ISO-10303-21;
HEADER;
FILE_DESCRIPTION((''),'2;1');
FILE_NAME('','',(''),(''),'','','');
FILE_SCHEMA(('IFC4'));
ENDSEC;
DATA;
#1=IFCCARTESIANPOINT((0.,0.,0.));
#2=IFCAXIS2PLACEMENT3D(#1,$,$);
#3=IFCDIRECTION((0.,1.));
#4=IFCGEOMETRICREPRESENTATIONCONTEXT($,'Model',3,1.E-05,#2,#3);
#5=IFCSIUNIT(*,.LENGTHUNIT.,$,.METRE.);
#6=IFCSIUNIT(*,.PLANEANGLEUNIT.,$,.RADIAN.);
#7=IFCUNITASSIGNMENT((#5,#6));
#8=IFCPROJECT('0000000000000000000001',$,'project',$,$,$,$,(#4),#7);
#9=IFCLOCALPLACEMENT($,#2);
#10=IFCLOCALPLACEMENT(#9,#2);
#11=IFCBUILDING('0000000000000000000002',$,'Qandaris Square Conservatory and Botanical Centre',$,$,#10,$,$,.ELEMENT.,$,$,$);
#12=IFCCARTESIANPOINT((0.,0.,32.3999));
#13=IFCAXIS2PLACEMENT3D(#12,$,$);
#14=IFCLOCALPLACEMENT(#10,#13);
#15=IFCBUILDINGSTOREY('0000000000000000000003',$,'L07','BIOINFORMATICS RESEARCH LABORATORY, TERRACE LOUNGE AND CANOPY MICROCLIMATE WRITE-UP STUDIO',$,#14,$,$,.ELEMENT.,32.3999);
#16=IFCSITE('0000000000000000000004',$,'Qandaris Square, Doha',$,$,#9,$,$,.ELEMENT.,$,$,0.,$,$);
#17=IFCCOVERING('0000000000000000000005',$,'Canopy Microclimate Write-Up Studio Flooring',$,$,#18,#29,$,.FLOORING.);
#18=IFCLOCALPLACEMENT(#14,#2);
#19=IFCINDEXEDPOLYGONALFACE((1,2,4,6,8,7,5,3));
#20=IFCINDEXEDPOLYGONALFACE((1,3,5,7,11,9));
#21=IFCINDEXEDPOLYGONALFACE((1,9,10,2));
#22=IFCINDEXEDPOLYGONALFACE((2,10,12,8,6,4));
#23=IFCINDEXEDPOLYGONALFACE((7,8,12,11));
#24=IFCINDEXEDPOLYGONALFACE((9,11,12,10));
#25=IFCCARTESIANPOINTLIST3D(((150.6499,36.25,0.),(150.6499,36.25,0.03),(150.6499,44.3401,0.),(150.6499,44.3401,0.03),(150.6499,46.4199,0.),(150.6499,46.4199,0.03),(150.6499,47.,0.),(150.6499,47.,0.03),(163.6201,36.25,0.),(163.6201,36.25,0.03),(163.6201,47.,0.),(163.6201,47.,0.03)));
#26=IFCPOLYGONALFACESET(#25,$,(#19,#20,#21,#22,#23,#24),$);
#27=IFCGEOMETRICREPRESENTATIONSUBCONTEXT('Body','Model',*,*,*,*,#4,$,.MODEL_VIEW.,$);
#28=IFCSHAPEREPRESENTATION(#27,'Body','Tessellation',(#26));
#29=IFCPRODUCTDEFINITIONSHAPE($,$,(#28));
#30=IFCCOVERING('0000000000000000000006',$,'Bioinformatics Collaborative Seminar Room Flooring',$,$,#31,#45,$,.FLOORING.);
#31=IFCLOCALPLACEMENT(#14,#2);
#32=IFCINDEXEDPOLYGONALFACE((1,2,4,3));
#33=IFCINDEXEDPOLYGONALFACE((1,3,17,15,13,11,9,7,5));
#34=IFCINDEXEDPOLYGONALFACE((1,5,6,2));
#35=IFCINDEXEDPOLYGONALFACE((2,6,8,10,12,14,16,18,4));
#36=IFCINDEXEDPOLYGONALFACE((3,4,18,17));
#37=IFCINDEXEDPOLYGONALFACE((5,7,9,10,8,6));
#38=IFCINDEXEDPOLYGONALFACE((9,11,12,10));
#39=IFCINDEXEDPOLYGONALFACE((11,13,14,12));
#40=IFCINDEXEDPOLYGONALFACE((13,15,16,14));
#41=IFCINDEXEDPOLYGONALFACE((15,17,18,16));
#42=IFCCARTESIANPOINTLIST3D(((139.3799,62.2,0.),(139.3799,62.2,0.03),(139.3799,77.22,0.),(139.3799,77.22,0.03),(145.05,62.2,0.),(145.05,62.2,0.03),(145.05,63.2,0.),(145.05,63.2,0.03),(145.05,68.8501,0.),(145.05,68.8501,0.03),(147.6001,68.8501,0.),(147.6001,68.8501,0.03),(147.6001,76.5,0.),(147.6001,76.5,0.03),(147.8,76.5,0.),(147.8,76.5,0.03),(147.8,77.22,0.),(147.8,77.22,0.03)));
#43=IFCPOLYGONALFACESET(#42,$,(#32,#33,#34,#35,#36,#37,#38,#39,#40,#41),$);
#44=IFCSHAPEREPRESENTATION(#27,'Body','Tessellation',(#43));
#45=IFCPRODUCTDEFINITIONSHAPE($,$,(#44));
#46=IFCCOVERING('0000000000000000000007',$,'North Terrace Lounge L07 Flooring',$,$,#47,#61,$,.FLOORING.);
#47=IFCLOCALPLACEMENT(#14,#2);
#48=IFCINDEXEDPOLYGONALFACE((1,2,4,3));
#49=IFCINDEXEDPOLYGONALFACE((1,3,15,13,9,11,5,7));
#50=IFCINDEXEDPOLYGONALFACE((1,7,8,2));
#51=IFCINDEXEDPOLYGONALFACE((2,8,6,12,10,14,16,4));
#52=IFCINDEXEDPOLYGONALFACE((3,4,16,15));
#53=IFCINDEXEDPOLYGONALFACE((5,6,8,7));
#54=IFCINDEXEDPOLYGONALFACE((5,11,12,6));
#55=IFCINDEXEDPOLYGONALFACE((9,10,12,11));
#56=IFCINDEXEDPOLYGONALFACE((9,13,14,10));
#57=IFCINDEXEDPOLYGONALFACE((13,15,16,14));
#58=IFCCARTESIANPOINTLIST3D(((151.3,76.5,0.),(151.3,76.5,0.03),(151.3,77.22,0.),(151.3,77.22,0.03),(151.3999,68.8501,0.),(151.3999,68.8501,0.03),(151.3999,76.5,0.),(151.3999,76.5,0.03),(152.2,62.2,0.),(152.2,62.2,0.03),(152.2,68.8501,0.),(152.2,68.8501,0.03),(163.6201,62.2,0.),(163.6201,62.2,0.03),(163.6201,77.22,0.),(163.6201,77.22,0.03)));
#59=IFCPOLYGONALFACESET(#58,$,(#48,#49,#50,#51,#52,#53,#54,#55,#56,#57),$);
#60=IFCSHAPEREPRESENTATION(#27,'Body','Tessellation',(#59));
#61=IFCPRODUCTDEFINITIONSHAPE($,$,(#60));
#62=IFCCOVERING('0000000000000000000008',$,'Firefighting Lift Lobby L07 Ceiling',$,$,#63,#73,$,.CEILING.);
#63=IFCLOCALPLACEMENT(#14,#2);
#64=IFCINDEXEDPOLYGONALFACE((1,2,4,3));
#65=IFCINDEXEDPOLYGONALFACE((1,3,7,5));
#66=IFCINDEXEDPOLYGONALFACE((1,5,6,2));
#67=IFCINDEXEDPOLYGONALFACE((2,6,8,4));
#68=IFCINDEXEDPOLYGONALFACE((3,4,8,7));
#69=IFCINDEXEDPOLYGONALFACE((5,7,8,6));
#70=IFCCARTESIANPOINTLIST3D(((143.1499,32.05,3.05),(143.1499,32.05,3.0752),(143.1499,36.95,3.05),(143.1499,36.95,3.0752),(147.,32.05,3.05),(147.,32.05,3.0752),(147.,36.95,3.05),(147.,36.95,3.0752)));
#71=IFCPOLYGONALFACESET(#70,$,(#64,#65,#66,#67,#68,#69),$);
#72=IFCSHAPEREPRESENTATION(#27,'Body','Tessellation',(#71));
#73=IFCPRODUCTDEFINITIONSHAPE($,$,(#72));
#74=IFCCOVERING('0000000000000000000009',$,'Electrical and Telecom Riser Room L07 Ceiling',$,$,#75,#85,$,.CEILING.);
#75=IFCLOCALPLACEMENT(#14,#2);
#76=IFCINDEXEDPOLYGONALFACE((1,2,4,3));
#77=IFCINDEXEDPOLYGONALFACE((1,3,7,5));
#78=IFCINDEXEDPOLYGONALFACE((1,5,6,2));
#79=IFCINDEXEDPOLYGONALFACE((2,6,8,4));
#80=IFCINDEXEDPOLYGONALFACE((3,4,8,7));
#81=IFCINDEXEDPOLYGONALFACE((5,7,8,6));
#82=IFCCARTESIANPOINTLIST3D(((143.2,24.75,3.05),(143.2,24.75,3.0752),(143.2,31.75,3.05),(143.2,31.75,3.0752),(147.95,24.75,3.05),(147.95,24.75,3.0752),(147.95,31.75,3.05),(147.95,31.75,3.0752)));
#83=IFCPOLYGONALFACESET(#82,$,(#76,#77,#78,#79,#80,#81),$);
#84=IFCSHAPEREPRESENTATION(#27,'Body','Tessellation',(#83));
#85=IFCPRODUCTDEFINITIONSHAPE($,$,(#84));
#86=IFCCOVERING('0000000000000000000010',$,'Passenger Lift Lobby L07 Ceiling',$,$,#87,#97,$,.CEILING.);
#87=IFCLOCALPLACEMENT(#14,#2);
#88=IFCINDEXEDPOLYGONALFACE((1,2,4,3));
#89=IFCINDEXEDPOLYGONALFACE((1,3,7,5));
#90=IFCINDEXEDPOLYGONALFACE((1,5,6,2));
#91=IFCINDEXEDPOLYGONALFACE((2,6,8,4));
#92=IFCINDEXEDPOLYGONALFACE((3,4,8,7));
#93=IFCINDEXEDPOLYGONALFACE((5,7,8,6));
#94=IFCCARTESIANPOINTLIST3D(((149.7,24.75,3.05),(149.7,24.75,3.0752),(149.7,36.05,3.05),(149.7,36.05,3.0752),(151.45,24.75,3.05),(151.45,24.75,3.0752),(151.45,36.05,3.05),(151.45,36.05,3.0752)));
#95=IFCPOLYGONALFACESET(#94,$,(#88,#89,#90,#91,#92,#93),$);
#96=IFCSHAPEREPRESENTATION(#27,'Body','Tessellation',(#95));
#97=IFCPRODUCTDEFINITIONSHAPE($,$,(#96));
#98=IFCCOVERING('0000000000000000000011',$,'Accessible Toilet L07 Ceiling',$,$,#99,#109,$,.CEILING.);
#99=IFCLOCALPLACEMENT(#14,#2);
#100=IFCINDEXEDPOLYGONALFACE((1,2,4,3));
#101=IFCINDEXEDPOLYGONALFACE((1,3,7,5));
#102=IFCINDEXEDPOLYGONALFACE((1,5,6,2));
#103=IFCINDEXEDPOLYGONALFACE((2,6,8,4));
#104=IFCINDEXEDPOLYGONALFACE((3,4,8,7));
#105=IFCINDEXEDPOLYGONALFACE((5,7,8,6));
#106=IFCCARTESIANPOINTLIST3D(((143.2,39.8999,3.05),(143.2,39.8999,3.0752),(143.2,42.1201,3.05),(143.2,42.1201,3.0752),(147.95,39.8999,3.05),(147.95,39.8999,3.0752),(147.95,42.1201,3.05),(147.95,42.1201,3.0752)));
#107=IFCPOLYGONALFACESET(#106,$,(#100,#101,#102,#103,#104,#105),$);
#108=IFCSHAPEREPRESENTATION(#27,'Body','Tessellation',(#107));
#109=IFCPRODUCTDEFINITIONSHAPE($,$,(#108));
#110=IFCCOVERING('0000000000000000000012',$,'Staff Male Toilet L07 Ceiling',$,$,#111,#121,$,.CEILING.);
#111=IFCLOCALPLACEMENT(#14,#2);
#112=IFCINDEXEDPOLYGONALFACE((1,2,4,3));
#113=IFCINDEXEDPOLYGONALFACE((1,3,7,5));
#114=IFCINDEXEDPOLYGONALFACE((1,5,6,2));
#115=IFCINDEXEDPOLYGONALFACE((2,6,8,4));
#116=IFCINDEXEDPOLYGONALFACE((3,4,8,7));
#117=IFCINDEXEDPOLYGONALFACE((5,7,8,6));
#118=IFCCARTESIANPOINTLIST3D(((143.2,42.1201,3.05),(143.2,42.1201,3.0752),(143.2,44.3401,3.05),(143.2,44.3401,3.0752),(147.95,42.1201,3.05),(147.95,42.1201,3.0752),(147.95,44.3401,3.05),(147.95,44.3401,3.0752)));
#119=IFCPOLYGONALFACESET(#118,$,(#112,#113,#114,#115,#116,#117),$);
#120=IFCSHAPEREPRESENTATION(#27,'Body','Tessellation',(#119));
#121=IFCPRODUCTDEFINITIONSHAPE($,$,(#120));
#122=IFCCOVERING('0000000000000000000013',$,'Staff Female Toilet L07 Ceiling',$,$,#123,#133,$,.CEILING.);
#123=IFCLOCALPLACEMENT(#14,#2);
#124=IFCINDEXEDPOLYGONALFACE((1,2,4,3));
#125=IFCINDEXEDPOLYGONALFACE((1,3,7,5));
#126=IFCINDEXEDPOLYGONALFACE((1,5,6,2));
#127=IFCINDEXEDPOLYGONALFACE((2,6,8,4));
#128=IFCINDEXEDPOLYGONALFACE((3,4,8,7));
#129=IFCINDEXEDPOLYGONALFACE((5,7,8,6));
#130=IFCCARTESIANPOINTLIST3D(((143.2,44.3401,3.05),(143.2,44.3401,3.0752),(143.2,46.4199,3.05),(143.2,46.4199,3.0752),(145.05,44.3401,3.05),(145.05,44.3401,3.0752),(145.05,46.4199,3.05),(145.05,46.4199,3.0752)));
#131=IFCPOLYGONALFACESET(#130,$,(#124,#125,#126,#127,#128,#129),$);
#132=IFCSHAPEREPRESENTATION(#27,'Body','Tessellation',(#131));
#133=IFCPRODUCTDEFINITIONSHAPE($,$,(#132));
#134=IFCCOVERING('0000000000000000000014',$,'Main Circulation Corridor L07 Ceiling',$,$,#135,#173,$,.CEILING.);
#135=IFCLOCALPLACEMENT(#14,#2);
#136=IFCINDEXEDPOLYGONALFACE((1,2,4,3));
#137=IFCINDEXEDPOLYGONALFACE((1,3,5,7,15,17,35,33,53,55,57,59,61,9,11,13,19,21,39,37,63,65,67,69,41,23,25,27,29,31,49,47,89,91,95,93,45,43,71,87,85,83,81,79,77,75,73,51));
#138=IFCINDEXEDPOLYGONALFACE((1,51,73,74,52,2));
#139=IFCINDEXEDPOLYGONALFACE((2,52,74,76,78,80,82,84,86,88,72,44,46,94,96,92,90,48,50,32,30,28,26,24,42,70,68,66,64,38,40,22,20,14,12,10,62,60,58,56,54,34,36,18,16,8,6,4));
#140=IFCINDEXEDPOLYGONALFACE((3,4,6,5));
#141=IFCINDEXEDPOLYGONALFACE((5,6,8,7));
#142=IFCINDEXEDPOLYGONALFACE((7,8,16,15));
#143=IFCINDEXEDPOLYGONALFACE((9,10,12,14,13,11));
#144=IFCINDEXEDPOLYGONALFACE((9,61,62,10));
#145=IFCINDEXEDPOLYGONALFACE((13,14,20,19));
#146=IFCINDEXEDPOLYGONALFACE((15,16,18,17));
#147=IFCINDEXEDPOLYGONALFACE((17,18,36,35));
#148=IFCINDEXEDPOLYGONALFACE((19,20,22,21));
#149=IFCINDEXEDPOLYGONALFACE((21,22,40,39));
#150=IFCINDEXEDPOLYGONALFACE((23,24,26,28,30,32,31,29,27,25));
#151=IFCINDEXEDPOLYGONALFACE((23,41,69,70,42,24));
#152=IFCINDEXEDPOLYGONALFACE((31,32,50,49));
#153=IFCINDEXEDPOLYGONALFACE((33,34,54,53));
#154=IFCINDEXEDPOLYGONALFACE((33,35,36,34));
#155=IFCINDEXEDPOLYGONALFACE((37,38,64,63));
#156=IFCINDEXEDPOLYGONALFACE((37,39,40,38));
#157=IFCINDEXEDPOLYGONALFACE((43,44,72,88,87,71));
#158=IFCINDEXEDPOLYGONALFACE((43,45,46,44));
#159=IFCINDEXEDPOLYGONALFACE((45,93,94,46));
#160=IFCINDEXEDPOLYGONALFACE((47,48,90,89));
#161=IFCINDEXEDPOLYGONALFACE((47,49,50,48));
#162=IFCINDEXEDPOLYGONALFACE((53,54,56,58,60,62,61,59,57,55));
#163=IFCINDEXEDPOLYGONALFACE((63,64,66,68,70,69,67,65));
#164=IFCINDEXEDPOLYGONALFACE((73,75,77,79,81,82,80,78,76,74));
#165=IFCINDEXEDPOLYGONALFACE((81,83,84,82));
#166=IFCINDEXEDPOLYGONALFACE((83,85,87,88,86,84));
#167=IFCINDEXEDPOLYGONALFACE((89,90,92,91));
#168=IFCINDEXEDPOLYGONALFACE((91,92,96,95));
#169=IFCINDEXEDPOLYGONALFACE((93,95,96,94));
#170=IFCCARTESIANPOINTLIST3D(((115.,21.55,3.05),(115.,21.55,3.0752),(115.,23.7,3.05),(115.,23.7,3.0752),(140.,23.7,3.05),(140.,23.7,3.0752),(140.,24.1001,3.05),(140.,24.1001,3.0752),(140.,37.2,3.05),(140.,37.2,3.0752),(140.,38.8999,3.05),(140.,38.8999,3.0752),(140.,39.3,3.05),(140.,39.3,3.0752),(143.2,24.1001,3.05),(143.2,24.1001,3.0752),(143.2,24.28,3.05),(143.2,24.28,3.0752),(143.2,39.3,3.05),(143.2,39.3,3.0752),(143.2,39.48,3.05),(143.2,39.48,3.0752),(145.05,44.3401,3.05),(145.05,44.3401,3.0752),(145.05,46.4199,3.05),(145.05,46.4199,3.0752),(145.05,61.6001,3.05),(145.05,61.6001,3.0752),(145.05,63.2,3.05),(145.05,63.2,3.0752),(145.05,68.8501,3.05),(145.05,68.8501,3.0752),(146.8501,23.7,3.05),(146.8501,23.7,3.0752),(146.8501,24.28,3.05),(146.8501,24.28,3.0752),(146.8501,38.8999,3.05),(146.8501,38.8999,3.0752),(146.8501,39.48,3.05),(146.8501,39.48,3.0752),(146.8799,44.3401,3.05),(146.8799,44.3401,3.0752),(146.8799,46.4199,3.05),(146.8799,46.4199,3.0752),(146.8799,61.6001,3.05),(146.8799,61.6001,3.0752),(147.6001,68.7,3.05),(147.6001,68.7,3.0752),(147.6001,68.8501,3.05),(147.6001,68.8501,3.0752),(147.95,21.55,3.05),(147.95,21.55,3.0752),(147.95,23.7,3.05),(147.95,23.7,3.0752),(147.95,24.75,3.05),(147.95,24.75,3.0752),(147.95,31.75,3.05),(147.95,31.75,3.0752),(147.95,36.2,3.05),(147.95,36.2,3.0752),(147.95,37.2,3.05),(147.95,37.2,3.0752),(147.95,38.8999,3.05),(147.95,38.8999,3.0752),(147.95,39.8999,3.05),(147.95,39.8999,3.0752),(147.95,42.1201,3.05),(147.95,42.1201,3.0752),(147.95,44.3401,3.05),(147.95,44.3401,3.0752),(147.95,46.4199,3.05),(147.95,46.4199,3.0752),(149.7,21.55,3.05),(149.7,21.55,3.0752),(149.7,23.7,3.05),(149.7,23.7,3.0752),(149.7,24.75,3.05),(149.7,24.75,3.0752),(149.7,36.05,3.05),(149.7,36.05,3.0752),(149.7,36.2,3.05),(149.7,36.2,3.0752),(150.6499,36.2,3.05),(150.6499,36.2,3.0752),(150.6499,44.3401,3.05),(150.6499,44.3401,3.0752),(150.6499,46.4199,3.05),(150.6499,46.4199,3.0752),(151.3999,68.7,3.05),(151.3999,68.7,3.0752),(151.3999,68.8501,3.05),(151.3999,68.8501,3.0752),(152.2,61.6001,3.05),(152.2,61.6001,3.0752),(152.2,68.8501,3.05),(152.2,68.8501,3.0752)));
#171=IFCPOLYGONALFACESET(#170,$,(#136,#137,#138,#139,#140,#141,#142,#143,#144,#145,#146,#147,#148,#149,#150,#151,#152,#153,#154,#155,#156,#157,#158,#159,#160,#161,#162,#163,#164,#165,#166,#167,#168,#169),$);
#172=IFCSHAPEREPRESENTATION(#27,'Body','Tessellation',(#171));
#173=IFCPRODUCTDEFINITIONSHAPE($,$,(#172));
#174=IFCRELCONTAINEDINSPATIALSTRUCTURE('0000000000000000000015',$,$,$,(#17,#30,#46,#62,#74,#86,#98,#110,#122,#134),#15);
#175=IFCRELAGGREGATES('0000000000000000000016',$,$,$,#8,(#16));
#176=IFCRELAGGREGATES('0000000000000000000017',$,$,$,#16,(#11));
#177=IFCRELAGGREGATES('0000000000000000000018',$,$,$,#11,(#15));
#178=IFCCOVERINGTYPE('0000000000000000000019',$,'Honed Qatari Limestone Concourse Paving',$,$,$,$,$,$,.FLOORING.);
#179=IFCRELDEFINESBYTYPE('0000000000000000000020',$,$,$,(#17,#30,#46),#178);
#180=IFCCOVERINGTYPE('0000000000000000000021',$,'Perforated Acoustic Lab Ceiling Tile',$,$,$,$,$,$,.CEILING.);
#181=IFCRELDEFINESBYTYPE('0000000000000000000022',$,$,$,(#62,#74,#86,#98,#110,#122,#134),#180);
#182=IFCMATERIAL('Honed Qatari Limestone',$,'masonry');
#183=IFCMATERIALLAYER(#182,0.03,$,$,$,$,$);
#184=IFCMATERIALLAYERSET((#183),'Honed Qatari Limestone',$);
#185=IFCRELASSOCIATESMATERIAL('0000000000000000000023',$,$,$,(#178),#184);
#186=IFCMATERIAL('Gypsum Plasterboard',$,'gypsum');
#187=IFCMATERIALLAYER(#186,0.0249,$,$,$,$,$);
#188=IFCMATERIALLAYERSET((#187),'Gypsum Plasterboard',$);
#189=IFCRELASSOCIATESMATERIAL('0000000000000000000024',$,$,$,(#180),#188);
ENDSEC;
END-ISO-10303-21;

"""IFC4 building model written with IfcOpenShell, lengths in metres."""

from ifc_helpers import new_model, si_unit, direction, frame, origin, place, context, subcontext, project, spatial, polyline, outline, extrude, material, layer, layer_set, type_object, element, save


model = new_model("IFC4")

# Units and contexts
model_context = context("Model", 3, precision=1e-05, world=origin(), true_north=direction((0.0, 1.0)))
body_context = subcontext(model_context, "Body", "Model", "MODEL_VIEW")
ifc_project = project(units=[si_unit("LENGTHUNIT", "METRE"), si_unit("PLANEANGLEUNIT", "RADIAN")], contexts=[model_context])

# Site, building, storey
site_placement = place(None, origin())
site = spatial("IfcSite", under=ifc_project, at=site_placement, Name="Qandaris Square, Doha", CompositionType="ELEMENT", RefElevation=0.0)
building_placement = place(site_placement, origin())
building = spatial("IfcBuilding", under=site, at=building_placement, Name="Qandaris Square Conservatory and Botanical Centre", CompositionType="ELEMENT")
storey_placement = place(building_placement, frame((0.0, 0.0, 32.3999)))
storey = spatial("IfcBuildingStorey", under=building, at=storey_placement, Name="L07", Description="BIOINFORMATICS RESEARCH LABORATORY, TERRACE LOUNGE AND CANOPY MICROCLIMATE WRITE-UP STUDIO", CompositionType="ELEMENT", Elevation=32.3999)

# Coverings
ifc_material_1 = material(Name="Honed Qatari Limestone", Category="masonry")
ifc_layer_1 = layer(ifc_material_1, 0.03)
ifc_layer_set_1 = layer_set([ifc_layer_1], Name="Honed Qatari Limestone")
covering_type_1 = type_object("IfcCoveringType", Name="Honed Qatari Limestone Concourse Paving", PredefinedType="FLOORING", material=ifc_layer_set_1)
covering_1_placement = place(storey_placement, origin())
element("IfcCovering", 1, at=covering_1_placement, inside=storey, type_object=covering_type_1, Name="Canopy Microclimate Write-Up Studio Flooring", PredefinedType="FLOORING", context=body_context, shape_type="SweptSolid", body=[
    extrude(outline(polyline([(150.6499, 44.3401), (150.6499, 46.4199), (150.6499, 47.0), (163.6201, 47.0), (163.6201, 36.25), (150.6499, 36.25), (150.6499, 44.3401)])), origin(), (0.0, 0.0, 1.0), 0.03),
])
covering_2_placement = place(storey_placement, origin())
element("IfcCovering", 2, at=covering_2_placement, inside=storey, type_object=covering_type_1, Name="Bioinformatics Collaborative Seminar Room Flooring", PredefinedType="FLOORING", context=body_context, shape_type="SweptSolid", body=[
    extrude(outline(polyline([(147.8, 76.5), (147.6001, 76.5), (147.6001, 68.8501), (145.05, 68.8501), (145.05, 63.2), (145.05, 62.2), (139.3799, 62.2), (139.3799, 77.22), (147.8, 77.22), (147.8, 76.5)])), origin(), (0.0, 0.0, 1.0), 0.03),
])
covering_3_placement = place(storey_placement, origin())
element("IfcCovering", 3, at=covering_3_placement, inside=storey, type_object=covering_type_1, Name="North Terrace Lounge L07 Flooring", PredefinedType="FLOORING", context=body_context, shape_type="SweptSolid", body=[
    extrude(outline(polyline([(152.2, 62.2), (152.2, 68.8501), (151.3999, 68.8501), (151.3999, 76.5), (151.3, 76.5), (151.3, 77.22), (163.6201, 77.22), (163.6201, 62.2), (152.2, 62.2)])), origin(), (0.0, 0.0, 1.0), 0.03),
])
ifc_material_2 = material(Name="Gypsum Plasterboard", Category="gypsum")
ifc_layer_2 = layer(ifc_material_2, 0.0249)
ifc_layer_set_2 = layer_set([ifc_layer_2], Name="Gypsum Plasterboard")
covering_type_2 = type_object("IfcCoveringType", Name="Perforated Acoustic Lab Ceiling Tile", PredefinedType="CEILING", material=ifc_layer_set_2)
covering_4_placement = place(storey_placement, frame((0.0, 0.0, 3.05)))
element("IfcCovering", 4, at=covering_4_placement, inside=storey, type_object=covering_type_2, Name="Firefighting Lift Lobby L07 Ceiling", PredefinedType="CEILING", context=body_context, shape_type="SweptSolid", body=[
    extrude(outline(polyline([(143.1499, 36.95), (147.0, 36.95), (147.0, 32.05), (143.1499, 32.05), (143.1499, 36.95)])), origin(), (0.0, 0.0, 1.0), 0.0251),
])
covering_5_placement = place(storey_placement, frame((0.0, 0.0, 3.05)))
element("IfcCovering", 5, at=covering_5_placement, inside=storey, type_object=covering_type_2, Name="Electrical and Telecom Riser Room L07 Ceiling", PredefinedType="CEILING", context=body_context, shape_type="SweptSolid", body=[
    extrude(outline(polyline([(147.95, 31.75), (147.95, 24.75), (143.2, 24.75), (143.2, 31.75), (147.95, 31.75)])), origin(), (0.0, 0.0, 1.0), 0.0251),
])
covering_6_placement = place(storey_placement, frame((0.0, 0.0, 3.05)))
element("IfcCovering", 6, at=covering_6_placement, inside=storey, type_object=covering_type_2, Name="Passenger Lift Lobby L07 Ceiling", PredefinedType="CEILING", context=body_context, shape_type="SweptSolid", body=[
    extrude(outline(polyline([(149.7, 36.05), (151.45, 36.05), (151.45, 24.75), (149.7, 24.75), (149.7, 36.05)])), origin(), (0.0, 0.0, 1.0), 0.0251),
])
covering_7_placement = place(storey_placement, frame((0.0, 0.0, 3.05)))
element("IfcCovering", 7, at=covering_7_placement, inside=storey, type_object=covering_type_2, Name="Accessible Toilet L07 Ceiling", PredefinedType="CEILING", context=body_context, shape_type="SweptSolid", body=[
    extrude(outline(polyline([(147.95, 42.1201), (147.95, 39.8999), (143.2, 39.8999), (143.2, 42.1201), (147.95, 42.1201)])), origin(), (0.0, 0.0, 1.0), 0.0251),
])
covering_8_placement = place(storey_placement, frame((0.0, 0.0, 3.05)))
element("IfcCovering", 8, at=covering_8_placement, inside=storey, type_object=covering_type_2, Name="Staff Male Toilet L07 Ceiling", PredefinedType="CEILING", context=body_context, shape_type="SweptSolid", body=[
    extrude(outline(polyline([(147.95, 44.3401), (147.95, 42.1201), (143.2, 42.1201), (143.2, 44.3401), (147.95, 44.3401)])), origin(), (0.0, 0.0, 1.0), 0.0251),
])
covering_9_placement = place(storey_placement, frame((0.0, 0.0, 3.05)))
element("IfcCovering", 9, at=covering_9_placement, inside=storey, type_object=covering_type_2, Name="Staff Female Toilet L07 Ceiling", PredefinedType="CEILING", context=body_context, shape_type="SweptSolid", body=[
    extrude(outline(polyline([(145.05, 46.4199), (145.05, 44.3401), (143.2, 44.3401), (143.2, 46.4199), (145.05, 46.4199)])), origin(), (0.0, 0.0, 1.0), 0.0251),
])
covering_10_placement = place(storey_placement, frame((0.0, 0.0, 3.05)))
element("IfcCovering", 10, at=covering_10_placement, inside=storey, type_object=covering_type_2, Name="Main Circulation Corridor L07 Ceiling", PredefinedType="CEILING", context=body_context, shape_type="SweptSolid", body=[
    extrude(outline(polyline([(140.0, 24.1001), (143.2, 24.1001), (143.2, 24.28), (146.8501, 24.28), (146.8501, 23.7), (147.95, 23.7), (147.95, 24.75), (147.95, 31.75), (147.95, 36.2), (147.95, 37.2), (140.0, 37.2), (140.0, 38.8999), (140.0, 39.3), (143.2, 39.3), (143.2, 39.48), (146.8501, 39.48), (146.8501, 38.8999), (147.95, 38.8999), (147.95, 39.8999), (147.95, 42.1201), (147.95, 44.3401), (146.8799, 44.3401), (145.05, 44.3401), (145.05, 46.4199), (145.05, 61.6001), (145.05, 63.2), (145.05, 68.8501), (147.6001, 68.8501), (147.6001, 68.7), (151.3999, 68.7), (151.3999, 68.8501), (152.2, 68.8501), (152.2, 61.6001), (146.8799, 61.6001), (146.8799, 46.4199), (147.95, 46.4199), (150.6499, 46.4199), (150.6499, 44.3401), (150.6499, 36.2), (149.7, 36.2), (149.7, 36.05), (149.7, 24.75), (149.7, 23.7), (149.7, 21.55), (147.95, 21.55), (115.0, 21.55), (115.0, 23.7), (140.0, 23.7), (140.0, 24.1001)])), origin(), (0.0, 0.0, 1.0), 0.0251),
])

save(model, "model.ifc")
